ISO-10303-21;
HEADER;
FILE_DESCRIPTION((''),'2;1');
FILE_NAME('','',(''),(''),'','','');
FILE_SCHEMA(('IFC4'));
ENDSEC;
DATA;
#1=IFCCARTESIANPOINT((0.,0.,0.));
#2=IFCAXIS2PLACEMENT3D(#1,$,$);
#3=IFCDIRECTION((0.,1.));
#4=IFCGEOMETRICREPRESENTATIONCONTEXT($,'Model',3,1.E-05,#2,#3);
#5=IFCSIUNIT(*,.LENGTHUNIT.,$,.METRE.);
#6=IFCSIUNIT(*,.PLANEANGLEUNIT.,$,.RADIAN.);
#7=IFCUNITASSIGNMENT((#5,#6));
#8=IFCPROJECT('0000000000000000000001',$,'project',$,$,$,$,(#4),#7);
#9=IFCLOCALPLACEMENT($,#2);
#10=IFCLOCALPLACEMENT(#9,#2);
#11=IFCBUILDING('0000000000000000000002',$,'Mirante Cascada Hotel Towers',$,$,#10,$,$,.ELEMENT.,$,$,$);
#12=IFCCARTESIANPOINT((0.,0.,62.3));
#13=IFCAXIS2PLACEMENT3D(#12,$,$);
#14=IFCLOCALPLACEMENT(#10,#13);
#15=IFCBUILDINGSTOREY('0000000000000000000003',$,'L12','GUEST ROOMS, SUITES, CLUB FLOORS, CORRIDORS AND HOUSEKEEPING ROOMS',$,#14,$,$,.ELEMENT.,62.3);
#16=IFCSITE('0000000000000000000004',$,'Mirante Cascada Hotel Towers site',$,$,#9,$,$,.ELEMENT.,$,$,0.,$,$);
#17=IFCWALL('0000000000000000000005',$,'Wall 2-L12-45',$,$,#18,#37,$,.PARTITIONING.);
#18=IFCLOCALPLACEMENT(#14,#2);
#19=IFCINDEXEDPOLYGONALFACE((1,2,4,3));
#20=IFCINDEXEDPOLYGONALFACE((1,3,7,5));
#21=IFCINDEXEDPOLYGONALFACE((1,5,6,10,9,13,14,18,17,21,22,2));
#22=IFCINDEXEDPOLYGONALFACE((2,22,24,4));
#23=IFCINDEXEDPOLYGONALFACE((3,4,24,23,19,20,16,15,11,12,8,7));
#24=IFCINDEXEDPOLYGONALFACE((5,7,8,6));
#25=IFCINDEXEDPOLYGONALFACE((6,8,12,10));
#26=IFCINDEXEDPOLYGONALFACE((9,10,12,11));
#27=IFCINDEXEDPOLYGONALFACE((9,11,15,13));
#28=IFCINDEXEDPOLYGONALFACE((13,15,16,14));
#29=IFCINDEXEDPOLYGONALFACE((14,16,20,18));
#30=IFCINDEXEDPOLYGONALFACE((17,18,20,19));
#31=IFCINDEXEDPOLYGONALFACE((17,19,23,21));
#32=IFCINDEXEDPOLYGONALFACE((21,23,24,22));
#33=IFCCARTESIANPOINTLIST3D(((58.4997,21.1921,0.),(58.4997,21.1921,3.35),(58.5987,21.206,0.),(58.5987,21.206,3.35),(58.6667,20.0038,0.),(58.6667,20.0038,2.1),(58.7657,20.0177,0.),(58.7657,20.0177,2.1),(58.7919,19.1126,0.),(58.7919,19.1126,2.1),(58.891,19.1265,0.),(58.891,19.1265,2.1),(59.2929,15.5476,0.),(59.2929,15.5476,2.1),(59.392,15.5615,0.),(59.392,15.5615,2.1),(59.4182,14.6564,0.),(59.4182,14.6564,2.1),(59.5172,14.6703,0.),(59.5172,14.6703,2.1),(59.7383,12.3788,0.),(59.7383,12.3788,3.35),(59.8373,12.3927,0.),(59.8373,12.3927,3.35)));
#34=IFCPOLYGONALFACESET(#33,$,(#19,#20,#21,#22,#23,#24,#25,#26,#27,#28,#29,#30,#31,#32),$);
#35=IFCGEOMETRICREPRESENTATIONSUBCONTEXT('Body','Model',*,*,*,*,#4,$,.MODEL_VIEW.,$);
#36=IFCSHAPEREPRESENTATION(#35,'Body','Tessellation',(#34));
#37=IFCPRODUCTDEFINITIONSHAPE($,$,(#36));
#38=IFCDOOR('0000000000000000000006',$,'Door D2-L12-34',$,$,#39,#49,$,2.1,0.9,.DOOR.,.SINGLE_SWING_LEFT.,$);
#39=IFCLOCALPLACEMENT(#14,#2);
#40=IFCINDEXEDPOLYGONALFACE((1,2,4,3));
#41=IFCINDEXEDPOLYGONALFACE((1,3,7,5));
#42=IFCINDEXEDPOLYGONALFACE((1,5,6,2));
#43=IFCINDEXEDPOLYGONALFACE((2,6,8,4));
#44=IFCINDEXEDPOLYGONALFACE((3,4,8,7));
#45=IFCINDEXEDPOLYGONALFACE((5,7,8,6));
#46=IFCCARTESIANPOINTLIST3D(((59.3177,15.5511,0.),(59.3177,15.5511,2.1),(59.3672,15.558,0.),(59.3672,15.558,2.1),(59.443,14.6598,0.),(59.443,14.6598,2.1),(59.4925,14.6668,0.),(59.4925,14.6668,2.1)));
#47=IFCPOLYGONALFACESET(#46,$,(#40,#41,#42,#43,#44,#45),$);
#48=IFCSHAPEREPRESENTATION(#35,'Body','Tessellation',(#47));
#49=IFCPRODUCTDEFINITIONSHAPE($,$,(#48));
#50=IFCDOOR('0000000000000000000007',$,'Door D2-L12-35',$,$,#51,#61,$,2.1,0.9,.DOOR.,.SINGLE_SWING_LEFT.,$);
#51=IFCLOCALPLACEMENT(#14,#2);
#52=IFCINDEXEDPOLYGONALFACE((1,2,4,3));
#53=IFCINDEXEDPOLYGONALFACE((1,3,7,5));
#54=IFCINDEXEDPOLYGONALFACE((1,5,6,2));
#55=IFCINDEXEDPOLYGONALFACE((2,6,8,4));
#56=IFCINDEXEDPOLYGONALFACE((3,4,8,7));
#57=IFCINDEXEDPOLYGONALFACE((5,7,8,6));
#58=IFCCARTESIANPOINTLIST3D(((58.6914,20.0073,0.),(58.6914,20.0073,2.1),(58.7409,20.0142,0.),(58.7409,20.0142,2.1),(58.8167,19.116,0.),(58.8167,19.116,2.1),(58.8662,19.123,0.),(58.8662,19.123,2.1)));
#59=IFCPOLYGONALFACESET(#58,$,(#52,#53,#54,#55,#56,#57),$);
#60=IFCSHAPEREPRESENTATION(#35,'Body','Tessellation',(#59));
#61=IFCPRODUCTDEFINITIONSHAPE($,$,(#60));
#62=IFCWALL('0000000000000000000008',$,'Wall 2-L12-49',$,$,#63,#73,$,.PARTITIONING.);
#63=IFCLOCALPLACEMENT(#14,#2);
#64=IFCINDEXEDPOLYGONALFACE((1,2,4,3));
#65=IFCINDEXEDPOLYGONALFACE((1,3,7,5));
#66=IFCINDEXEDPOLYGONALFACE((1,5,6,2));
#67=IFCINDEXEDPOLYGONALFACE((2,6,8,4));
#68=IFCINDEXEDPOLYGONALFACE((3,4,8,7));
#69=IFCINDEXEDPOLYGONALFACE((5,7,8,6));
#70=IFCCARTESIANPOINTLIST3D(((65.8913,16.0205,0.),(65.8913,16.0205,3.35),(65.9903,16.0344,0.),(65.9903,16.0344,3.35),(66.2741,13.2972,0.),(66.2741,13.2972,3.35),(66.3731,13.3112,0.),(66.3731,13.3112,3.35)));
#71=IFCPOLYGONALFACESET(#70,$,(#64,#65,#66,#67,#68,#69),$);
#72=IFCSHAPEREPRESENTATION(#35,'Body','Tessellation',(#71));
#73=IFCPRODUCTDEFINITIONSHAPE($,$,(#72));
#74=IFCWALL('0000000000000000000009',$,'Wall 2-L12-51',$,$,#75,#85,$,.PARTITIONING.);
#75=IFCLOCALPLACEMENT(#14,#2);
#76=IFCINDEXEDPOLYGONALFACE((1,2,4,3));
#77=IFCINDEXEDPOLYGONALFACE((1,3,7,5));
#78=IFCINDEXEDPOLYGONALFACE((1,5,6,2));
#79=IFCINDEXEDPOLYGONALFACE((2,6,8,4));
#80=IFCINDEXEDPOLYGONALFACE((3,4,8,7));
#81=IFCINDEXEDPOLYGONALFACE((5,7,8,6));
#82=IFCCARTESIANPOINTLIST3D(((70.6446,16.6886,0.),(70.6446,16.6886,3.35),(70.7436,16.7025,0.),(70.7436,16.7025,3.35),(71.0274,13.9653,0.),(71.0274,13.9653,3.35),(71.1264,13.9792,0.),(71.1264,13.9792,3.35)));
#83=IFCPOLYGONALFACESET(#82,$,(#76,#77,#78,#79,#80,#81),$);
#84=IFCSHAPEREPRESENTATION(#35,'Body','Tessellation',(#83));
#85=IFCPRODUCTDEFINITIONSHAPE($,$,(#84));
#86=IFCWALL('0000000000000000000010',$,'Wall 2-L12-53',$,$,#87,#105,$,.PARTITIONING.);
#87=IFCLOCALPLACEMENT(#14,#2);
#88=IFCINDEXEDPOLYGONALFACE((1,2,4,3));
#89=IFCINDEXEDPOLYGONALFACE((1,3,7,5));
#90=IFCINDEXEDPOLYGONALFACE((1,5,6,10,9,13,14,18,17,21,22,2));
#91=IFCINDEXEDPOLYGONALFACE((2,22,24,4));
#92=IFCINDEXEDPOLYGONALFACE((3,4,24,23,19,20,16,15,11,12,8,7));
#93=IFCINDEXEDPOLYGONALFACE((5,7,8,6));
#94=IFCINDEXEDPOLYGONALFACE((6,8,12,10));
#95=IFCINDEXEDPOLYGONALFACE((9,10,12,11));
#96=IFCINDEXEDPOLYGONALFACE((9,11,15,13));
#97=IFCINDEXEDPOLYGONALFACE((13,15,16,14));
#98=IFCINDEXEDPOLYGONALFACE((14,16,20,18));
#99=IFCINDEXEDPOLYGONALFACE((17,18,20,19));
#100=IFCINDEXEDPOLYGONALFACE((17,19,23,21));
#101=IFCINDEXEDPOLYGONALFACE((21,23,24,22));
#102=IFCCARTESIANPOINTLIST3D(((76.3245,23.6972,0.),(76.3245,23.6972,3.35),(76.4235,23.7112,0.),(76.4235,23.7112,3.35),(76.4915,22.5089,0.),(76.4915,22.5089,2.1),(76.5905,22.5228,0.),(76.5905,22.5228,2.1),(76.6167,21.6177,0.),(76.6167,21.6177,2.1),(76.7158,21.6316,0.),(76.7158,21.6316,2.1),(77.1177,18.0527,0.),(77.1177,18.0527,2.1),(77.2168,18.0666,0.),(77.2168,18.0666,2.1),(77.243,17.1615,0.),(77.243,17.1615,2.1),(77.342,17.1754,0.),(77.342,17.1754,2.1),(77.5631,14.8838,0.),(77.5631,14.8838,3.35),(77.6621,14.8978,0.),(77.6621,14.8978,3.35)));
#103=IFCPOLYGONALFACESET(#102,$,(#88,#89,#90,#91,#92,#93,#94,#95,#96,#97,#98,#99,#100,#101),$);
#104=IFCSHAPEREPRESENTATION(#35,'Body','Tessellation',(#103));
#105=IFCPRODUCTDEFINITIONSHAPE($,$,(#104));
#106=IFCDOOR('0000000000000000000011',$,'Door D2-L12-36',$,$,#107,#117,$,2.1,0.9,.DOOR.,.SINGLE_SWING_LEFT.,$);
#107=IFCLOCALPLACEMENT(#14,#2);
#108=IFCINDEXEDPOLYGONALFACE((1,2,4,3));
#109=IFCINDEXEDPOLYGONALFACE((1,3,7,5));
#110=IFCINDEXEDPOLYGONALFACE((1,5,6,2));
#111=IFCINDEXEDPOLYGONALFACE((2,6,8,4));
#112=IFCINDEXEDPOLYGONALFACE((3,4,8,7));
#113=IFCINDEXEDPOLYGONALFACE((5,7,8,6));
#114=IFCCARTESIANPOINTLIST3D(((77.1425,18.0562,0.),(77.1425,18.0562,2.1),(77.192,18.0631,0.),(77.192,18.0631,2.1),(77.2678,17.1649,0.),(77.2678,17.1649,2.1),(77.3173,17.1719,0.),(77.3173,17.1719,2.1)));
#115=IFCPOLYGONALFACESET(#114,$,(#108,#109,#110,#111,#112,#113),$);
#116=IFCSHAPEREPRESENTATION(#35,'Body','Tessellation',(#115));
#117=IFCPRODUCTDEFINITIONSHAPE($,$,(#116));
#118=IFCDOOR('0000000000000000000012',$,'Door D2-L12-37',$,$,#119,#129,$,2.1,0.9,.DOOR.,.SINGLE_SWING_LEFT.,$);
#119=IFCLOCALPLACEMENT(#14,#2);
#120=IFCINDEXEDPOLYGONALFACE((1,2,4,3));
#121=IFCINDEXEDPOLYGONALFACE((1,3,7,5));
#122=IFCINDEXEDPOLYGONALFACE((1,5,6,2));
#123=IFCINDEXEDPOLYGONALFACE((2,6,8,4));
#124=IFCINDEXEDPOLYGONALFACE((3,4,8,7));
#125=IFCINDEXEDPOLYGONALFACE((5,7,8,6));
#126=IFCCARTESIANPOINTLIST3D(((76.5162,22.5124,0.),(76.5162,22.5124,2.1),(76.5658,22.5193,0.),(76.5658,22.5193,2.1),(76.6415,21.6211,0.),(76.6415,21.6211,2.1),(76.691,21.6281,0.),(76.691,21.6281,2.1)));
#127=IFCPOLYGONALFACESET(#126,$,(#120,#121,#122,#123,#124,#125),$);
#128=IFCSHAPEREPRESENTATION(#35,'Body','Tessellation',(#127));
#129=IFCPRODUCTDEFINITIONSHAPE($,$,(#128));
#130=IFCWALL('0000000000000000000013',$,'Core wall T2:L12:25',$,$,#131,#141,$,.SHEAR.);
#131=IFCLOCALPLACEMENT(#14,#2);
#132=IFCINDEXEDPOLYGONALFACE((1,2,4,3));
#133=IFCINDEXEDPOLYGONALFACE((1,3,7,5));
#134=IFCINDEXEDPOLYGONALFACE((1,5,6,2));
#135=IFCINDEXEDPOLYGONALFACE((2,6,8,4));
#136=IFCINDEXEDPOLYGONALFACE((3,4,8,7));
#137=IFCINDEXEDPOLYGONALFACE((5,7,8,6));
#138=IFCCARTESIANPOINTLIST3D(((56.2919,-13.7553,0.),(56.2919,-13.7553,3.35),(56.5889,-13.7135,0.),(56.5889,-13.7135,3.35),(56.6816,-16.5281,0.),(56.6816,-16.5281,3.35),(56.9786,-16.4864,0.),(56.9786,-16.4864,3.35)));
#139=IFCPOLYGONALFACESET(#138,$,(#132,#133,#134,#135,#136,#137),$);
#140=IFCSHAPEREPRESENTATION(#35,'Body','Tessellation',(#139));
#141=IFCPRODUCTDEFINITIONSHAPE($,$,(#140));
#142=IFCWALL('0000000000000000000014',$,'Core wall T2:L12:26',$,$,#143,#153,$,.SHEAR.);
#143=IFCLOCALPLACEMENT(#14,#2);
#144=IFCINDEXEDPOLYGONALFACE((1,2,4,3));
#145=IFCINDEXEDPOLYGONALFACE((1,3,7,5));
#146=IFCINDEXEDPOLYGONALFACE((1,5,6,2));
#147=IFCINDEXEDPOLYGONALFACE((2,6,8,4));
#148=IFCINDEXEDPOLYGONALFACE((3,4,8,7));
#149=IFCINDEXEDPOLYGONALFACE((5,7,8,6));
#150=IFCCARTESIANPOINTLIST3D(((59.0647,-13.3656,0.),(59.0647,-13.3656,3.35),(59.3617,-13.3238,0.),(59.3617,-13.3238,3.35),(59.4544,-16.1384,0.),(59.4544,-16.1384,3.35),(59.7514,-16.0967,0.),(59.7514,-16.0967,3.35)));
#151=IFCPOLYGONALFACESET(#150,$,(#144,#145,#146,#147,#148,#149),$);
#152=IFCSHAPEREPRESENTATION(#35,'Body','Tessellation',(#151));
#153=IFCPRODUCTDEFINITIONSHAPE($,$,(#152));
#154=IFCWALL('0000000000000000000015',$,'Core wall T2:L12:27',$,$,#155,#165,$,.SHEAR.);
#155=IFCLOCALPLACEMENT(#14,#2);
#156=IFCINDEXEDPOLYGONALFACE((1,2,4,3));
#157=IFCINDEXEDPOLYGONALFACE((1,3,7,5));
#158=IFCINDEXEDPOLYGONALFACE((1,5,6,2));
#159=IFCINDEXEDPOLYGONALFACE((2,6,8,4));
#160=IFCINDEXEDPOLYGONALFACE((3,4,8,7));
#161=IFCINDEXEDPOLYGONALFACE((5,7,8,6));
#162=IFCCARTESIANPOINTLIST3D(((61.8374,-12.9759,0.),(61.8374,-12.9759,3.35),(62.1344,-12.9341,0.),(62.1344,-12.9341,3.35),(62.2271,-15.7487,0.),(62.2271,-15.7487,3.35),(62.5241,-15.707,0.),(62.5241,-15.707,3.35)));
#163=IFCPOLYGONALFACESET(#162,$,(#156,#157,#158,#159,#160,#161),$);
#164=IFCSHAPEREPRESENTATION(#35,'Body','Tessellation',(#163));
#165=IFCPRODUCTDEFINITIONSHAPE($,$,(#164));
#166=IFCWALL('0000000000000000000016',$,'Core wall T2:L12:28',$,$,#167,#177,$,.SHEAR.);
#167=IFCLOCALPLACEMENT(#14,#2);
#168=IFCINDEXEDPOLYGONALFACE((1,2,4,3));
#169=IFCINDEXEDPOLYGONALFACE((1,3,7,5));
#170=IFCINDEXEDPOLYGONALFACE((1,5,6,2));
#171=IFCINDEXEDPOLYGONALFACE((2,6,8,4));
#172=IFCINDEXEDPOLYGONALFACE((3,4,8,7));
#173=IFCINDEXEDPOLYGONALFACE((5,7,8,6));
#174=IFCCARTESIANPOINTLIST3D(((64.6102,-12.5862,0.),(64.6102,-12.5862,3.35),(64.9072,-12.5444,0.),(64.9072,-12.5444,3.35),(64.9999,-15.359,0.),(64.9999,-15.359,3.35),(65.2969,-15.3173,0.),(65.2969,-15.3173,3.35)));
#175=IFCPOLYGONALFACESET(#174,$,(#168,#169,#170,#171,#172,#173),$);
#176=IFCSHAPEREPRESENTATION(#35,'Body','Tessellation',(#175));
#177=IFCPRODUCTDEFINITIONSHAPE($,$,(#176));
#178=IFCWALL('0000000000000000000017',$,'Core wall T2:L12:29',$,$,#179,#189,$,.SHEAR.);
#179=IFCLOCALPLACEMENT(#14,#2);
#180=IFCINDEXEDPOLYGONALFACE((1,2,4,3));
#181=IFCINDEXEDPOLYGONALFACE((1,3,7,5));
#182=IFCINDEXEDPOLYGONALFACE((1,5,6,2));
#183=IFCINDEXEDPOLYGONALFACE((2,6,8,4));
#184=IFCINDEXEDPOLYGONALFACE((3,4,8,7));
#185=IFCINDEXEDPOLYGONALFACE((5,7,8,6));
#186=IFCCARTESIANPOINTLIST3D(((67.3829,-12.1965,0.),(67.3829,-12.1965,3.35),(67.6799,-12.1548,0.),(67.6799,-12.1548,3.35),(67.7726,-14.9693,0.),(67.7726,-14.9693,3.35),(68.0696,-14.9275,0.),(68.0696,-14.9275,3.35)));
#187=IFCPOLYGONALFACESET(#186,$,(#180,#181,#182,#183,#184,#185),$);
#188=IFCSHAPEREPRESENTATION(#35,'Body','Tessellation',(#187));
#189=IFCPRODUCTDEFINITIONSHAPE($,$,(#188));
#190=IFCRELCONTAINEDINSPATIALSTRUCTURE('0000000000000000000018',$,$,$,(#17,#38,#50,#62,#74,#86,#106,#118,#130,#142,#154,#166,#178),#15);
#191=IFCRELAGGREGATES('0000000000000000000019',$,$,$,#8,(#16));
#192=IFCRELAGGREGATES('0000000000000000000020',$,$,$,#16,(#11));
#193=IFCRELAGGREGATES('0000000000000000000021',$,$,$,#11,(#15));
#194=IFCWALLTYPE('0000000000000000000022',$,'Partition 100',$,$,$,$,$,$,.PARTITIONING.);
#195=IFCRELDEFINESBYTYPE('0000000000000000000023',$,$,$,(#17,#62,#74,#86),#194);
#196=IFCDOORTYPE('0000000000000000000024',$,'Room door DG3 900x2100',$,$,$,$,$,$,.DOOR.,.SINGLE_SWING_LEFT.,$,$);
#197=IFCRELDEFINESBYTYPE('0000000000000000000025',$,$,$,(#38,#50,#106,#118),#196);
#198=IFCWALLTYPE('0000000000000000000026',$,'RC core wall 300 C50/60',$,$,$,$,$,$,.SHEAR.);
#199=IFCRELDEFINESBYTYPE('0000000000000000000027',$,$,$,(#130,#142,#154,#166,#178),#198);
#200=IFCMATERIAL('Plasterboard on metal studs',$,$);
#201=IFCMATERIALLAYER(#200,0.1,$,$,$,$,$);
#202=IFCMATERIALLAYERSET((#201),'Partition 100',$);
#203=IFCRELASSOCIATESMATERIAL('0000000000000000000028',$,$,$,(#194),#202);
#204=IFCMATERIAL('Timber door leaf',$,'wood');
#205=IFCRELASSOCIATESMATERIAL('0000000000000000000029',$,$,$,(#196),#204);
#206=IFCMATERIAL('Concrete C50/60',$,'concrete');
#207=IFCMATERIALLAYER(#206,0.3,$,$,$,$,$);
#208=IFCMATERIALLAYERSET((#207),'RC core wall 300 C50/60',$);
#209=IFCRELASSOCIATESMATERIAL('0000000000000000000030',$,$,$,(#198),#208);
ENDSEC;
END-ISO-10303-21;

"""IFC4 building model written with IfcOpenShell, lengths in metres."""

from ifc_helpers import new_model, si_unit, direction, frame, frame_2d, origin, place, context, subcontext, project, spatial, rectangle, extrude, material, layer, layer_set, type_object, element, fill, save


model = new_model("IFC4")

# Units and contexts
model_context = context("Model", 3, precision=1e-05, world=origin(), true_north=direction((0.0, 1.0)))
body_context = subcontext(model_context, "Body", "Model", "MODEL_VIEW")
ifc_project = project(units=[si_unit("LENGTHUNIT", "METRE"), si_unit("PLANEANGLEUNIT", "RADIAN")], contexts=[model_context])

# Site, building, storey
site_placement = place(None, origin())
site = spatial("IfcSite", under=ifc_project, at=site_placement, Name="Mirante Cascada Hotel Towers site", CompositionType="ELEMENT", RefElevation=0.0)
building_placement = place(site_placement, origin())
building = spatial("IfcBuilding", under=site, at=building_placement, Name="Mirante Cascada Hotel Towers", CompositionType="ELEMENT")
storey_placement = place(building_placement, frame((0.0, 0.0, 62.3)))
storey = spatial("IfcBuildingStorey", under=building, at=storey_placement, Name="L12", Description="GUEST ROOMS, SUITES, CLUB FLOORS, CORRIDORS AND HOUSEKEEPING ROOMS", CompositionType="ELEMENT", Elevation=62.3)

# Wall, openings, doors
ifc_material_1 = material(Name="Plasterboard on metal studs")
ifc_layer_1 = layer(ifc_material_1, 0.1)
ifc_layer_set_1 = layer_set([ifc_layer_1], Name="Partition 100")
wall_type_1 = type_object("IfcWallType", Name="Partition 100", PredefinedType="PARTITIONING", material=ifc_layer_set_1)
wall_1_placement = place(storey_placement, frame((59.7878, 12.3857, 0.0), z_axis=(0.0, 0.0, 1.0), x_axis=(-0.13917, 0.990268, 0.0)))
wall_1 = element("IfcWall", 1, at=wall_1_placement, inside=storey, type_object=wall_type_1, Name="Wall 2-L12-45", PredefinedType="PARTITIONING", context=body_context, shape_type="SweptSolid", body=[
    extrude(rectangle(XDim=8.8999, YDim=0.1, at=frame_2d((4.45, 0.0))), origin(), (0.0, 0.0, 1.0), 3.35),
])
opening_1_placement = place(wall_1_placement, frame((2.3, 0.0, 0.0)))
opening_1 = element("IfcOpeningElement", 2, at=opening_1_placement, cuts=wall_1, PredefinedType="OPENING", context=body_context, shape_type="SweptSolid", body=[
    extrude(rectangle(XDim=0.9, YDim=2.1, at=frame_2d((0.45, 1.05))), frame((0.0, 0.05, 0.0), z_axis=(0.0, -1.0, 0.0), x_axis=(1.0, 0.0, 0.0)), (0.0, 0.0, 1.0), 0.1),
])
opening_2_placement = place(wall_1_placement, frame((6.8, 0.0, 0.0)))
opening_2 = element("IfcOpeningElement", 3, at=opening_2_placement, cuts=wall_1, PredefinedType="OPENING", context=body_context, shape_type="SweptSolid", body=[
    extrude(rectangle(XDim=0.9, YDim=2.1, at=frame_2d((0.45, 1.05))), frame((0.0, 0.05, 0.0), z_axis=(0.0, -1.0, 0.0), x_axis=(1.0, 0.0, 0.0)), (0.0, 0.0, 1.0), 0.1),
])
ifc_material_2 = material(Name="Timber door leaf", Category="wood")
door_type_1 = type_object("IfcDoorType", Name="Room door DG3 900x2100", OperationType="SINGLE_SWING_LEFT", PredefinedType="DOOR", material=ifc_material_2)
door_1_placement = place(opening_1_placement, origin())
door_1 = element("IfcDoor", 4, at=door_1_placement, inside=storey, type_object=door_type_1, Name="Door D2-L12-34", OperationType="SINGLE_SWING_LEFT", OverallHeight=2.1, OverallWidth=0.9, PredefinedType="DOOR", context=body_context, shape_type="SweptSolid", body=[
    extrude(rectangle(XDim=0.9, YDim=2.1, at=frame_2d((0.45, 1.05))), frame((0.0, 0.025, 0.0), z_axis=(0.0, -1.0, 0.0), x_axis=(1.0, 0.0, 0.0)), (0.0, 0.0, 1.0), 0.05),
])
fill(opening_1, door_1)
door_2_placement = place(opening_2_placement, origin())
door_2 = element("IfcDoor", 5, at=door_2_placement, inside=storey, type_object=door_type_1, Name="Door D2-L12-35", OperationType="SINGLE_SWING_LEFT", OverallHeight=2.1, OverallWidth=0.9, PredefinedType="DOOR", context=body_context, shape_type="SweptSolid", body=[
    extrude(rectangle(XDim=0.9, YDim=2.1, at=frame_2d((0.45, 1.05))), frame((0.0, 0.025, 0.0), z_axis=(0.0, -1.0, 0.0), x_axis=(1.0, 0.0, 0.0)), (0.0, 0.0, 1.0), 0.05),
])
fill(opening_2, door_2)

# Walls
wall_2_placement = place(storey_placement, frame((66.3236, 13.3042, 0.0), z_axis=(0.0, 0.0, 1.0), x_axis=(-0.139201, 0.990264, 0.0)))
element("IfcWall", 6, at=wall_2_placement, inside=storey, type_object=wall_type_1, Name="Wall 2-L12-49", PredefinedType="PARTITIONING", context=body_context, shape_type="SweptSolid", body=[
    extrude(rectangle(XDim=2.75, YDim=0.1, at=frame_2d((1.375, 0.0))), origin(), (0.0, 0.0, 1.0), 3.35),
])
wall_3_placement = place(storey_placement, frame((71.0769, 13.9722, 0.0), z_axis=(0.0, 0.0, 1.0), x_axis=(-0.139196, 0.990265, 0.0)))
element("IfcWall", 7, at=wall_3_placement, inside=storey, type_object=wall_type_1, Name="Wall 2-L12-51", PredefinedType="PARTITIONING", context=body_context, shape_type="SweptSolid", body=[
    extrude(rectangle(XDim=2.7501, YDim=0.1, at=frame_2d((1.3751, 0.0))), origin(), (0.0, 0.0, 1.0), 3.35),
])

# Wall, openings, doors
wall_4_placement = place(storey_placement, frame((77.6126, 14.8908, 0.0), z_axis=(0.0, 0.0, 1.0), x_axis=(-0.139168, 0.990269, 0.0)))
wall_4 = element("IfcWall", 8, at=wall_4_placement, inside=storey, type_object=wall_type_1, Name="Wall 2-L12-53", PredefinedType="PARTITIONING", context=body_context, shape_type="SweptSolid", body=[
    extrude(rectangle(XDim=8.9, YDim=0.1, at=frame_2d((4.45, 0.0))), origin(), (0.0, 0.0, 1.0), 3.35),
])
opening_3_placement = place(wall_4_placement, frame((2.3, 0.0, 0.0)))
opening_3 = element("IfcOpeningElement", 9, at=opening_3_placement, cuts=wall_4, PredefinedType="OPENING", context=body_context, shape_type="SweptSolid", body=[
    extrude(rectangle(XDim=0.9, YDim=2.1, at=frame_2d((0.45, 1.05))), frame((0.0, 0.05, 0.0), z_axis=(0.0, -1.0, 0.0), x_axis=(1.0, 0.0, 0.0)), (0.0, 0.0, 1.0), 0.1),
])
opening_4_placement = place(wall_4_placement, frame((6.8, 0.0, 0.0)))
opening_4 = element("IfcOpeningElement", 10, at=opening_4_placement, cuts=wall_4, PredefinedType="OPENING", context=body_context, shape_type="SweptSolid", body=[
    extrude(rectangle(XDim=0.9, YDim=2.1, at=frame_2d((0.45, 1.05))), frame((0.0, 0.05, 0.0), z_axis=(0.0, -1.0, 0.0), x_axis=(1.0, 0.0, 0.0)), (0.0, 0.0, 1.0), 0.1),
])
door_3_placement = place(opening_3_placement, origin())
door_3 = element("IfcDoor", 11, at=door_3_placement, inside=storey, type_object=door_type_1, Name="Door D2-L12-36", OperationType="SINGLE_SWING_LEFT", OverallHeight=2.1, OverallWidth=0.9, PredefinedType="DOOR", context=body_context, shape_type="SweptSolid", body=[
    extrude(rectangle(XDim=0.9, YDim=2.1, at=frame_2d((0.45, 1.05))), frame((0.0, 0.025, 0.0), z_axis=(0.0, -1.0, 0.0), x_axis=(1.0, 0.0, 0.0)), (0.0, 0.0, 1.0), 0.05),
])
fill(opening_3, door_3)
door_4_placement = place(opening_4_placement, origin())
door_4 = element("IfcDoor", 12, at=door_4_placement, inside=storey, type_object=door_type_1, Name="Door D2-L12-37", OperationType="SINGLE_SWING_LEFT", OverallHeight=2.1, OverallWidth=0.9, PredefinedType="DOOR", context=body_context, shape_type="SweptSolid", body=[
    extrude(rectangle(XDim=0.9, YDim=2.1, at=frame_2d((0.45, 1.05))), frame((0.0, 0.025, 0.0), z_axis=(0.0, -1.0, 0.0), x_axis=(1.0, 0.0, 0.0)), (0.0, 0.0, 1.0), 0.05),
])
fill(opening_4, door_4)

# Walls
ifc_material_3 = material(Name="Concrete C50/60", Category="concrete")
ifc_layer_2 = layer(ifc_material_3, 0.3)
ifc_layer_set_2 = layer_set([ifc_layer_2], Name="RC core wall 300 C50/60")
wall_type_2 = type_object("IfcWallType", Name="RC core wall 300 C50/60", PredefinedType="SHEAR", material=ifc_layer_set_2)
for number, where, z_axis, x_axis, name in (
    (13, (56.8301, -16.5072, 0.0), (0.0, 0.0, 1.0), (-0.139176, 0.990268, 0.0), "Core wall T2:L12:25"),
    (14, (59.6029, -16.1175, 0.0), (0.0, 0.0, 1.0), (-0.139176, 0.990268, 0.0), "Core wall T2:L12:26"),
    (15, (62.3756, -15.7278, 0.0), (0.0, 0.0, 1.0), (-0.139176, 0.990268, 0.0), "Core wall T2:L12:27"),
    (16, (65.1484, -15.3381, 0.0), (0.0, 0.0, 1.0), (-0.139176, 0.990268, 0.0), "Core wall T2:L12:28"),
):
    element("IfcWall", number, at=place(storey_placement, frame(where, z_axis=z_axis, x_axis=x_axis)), inside=storey, type_object=wall_type_2, Name=name, PredefinedType="SHEAR", context=body_context, shape_type="SweptSolid", body=[
        extrude(rectangle(XDim=2.8001, YDim=0.3, at=frame_2d((1.4, 0.0))), origin(), (0.0, 0.0, 1.0), 3.35),
    ])
wall_5_placement = place(storey_placement, frame((67.9211, -14.9484, 0.0), z_axis=(0.0, 0.0, 1.0), x_axis=(-0.139181, 0.990267, 0.0)))
element("IfcWall", 17, at=wall_5_placement, inside=storey, type_object=wall_type_2, Name="Core wall T2:L12:29", PredefinedType="SHEAR", context=body_context, shape_type="SweptSolid", body=[
    extrude(rectangle(XDim=2.8, YDim=0.3, at=frame_2d((1.4, 0.0))), origin(), (0.0, 0.0, 1.0), 3.35),
])

save(model, "model.ifc")
